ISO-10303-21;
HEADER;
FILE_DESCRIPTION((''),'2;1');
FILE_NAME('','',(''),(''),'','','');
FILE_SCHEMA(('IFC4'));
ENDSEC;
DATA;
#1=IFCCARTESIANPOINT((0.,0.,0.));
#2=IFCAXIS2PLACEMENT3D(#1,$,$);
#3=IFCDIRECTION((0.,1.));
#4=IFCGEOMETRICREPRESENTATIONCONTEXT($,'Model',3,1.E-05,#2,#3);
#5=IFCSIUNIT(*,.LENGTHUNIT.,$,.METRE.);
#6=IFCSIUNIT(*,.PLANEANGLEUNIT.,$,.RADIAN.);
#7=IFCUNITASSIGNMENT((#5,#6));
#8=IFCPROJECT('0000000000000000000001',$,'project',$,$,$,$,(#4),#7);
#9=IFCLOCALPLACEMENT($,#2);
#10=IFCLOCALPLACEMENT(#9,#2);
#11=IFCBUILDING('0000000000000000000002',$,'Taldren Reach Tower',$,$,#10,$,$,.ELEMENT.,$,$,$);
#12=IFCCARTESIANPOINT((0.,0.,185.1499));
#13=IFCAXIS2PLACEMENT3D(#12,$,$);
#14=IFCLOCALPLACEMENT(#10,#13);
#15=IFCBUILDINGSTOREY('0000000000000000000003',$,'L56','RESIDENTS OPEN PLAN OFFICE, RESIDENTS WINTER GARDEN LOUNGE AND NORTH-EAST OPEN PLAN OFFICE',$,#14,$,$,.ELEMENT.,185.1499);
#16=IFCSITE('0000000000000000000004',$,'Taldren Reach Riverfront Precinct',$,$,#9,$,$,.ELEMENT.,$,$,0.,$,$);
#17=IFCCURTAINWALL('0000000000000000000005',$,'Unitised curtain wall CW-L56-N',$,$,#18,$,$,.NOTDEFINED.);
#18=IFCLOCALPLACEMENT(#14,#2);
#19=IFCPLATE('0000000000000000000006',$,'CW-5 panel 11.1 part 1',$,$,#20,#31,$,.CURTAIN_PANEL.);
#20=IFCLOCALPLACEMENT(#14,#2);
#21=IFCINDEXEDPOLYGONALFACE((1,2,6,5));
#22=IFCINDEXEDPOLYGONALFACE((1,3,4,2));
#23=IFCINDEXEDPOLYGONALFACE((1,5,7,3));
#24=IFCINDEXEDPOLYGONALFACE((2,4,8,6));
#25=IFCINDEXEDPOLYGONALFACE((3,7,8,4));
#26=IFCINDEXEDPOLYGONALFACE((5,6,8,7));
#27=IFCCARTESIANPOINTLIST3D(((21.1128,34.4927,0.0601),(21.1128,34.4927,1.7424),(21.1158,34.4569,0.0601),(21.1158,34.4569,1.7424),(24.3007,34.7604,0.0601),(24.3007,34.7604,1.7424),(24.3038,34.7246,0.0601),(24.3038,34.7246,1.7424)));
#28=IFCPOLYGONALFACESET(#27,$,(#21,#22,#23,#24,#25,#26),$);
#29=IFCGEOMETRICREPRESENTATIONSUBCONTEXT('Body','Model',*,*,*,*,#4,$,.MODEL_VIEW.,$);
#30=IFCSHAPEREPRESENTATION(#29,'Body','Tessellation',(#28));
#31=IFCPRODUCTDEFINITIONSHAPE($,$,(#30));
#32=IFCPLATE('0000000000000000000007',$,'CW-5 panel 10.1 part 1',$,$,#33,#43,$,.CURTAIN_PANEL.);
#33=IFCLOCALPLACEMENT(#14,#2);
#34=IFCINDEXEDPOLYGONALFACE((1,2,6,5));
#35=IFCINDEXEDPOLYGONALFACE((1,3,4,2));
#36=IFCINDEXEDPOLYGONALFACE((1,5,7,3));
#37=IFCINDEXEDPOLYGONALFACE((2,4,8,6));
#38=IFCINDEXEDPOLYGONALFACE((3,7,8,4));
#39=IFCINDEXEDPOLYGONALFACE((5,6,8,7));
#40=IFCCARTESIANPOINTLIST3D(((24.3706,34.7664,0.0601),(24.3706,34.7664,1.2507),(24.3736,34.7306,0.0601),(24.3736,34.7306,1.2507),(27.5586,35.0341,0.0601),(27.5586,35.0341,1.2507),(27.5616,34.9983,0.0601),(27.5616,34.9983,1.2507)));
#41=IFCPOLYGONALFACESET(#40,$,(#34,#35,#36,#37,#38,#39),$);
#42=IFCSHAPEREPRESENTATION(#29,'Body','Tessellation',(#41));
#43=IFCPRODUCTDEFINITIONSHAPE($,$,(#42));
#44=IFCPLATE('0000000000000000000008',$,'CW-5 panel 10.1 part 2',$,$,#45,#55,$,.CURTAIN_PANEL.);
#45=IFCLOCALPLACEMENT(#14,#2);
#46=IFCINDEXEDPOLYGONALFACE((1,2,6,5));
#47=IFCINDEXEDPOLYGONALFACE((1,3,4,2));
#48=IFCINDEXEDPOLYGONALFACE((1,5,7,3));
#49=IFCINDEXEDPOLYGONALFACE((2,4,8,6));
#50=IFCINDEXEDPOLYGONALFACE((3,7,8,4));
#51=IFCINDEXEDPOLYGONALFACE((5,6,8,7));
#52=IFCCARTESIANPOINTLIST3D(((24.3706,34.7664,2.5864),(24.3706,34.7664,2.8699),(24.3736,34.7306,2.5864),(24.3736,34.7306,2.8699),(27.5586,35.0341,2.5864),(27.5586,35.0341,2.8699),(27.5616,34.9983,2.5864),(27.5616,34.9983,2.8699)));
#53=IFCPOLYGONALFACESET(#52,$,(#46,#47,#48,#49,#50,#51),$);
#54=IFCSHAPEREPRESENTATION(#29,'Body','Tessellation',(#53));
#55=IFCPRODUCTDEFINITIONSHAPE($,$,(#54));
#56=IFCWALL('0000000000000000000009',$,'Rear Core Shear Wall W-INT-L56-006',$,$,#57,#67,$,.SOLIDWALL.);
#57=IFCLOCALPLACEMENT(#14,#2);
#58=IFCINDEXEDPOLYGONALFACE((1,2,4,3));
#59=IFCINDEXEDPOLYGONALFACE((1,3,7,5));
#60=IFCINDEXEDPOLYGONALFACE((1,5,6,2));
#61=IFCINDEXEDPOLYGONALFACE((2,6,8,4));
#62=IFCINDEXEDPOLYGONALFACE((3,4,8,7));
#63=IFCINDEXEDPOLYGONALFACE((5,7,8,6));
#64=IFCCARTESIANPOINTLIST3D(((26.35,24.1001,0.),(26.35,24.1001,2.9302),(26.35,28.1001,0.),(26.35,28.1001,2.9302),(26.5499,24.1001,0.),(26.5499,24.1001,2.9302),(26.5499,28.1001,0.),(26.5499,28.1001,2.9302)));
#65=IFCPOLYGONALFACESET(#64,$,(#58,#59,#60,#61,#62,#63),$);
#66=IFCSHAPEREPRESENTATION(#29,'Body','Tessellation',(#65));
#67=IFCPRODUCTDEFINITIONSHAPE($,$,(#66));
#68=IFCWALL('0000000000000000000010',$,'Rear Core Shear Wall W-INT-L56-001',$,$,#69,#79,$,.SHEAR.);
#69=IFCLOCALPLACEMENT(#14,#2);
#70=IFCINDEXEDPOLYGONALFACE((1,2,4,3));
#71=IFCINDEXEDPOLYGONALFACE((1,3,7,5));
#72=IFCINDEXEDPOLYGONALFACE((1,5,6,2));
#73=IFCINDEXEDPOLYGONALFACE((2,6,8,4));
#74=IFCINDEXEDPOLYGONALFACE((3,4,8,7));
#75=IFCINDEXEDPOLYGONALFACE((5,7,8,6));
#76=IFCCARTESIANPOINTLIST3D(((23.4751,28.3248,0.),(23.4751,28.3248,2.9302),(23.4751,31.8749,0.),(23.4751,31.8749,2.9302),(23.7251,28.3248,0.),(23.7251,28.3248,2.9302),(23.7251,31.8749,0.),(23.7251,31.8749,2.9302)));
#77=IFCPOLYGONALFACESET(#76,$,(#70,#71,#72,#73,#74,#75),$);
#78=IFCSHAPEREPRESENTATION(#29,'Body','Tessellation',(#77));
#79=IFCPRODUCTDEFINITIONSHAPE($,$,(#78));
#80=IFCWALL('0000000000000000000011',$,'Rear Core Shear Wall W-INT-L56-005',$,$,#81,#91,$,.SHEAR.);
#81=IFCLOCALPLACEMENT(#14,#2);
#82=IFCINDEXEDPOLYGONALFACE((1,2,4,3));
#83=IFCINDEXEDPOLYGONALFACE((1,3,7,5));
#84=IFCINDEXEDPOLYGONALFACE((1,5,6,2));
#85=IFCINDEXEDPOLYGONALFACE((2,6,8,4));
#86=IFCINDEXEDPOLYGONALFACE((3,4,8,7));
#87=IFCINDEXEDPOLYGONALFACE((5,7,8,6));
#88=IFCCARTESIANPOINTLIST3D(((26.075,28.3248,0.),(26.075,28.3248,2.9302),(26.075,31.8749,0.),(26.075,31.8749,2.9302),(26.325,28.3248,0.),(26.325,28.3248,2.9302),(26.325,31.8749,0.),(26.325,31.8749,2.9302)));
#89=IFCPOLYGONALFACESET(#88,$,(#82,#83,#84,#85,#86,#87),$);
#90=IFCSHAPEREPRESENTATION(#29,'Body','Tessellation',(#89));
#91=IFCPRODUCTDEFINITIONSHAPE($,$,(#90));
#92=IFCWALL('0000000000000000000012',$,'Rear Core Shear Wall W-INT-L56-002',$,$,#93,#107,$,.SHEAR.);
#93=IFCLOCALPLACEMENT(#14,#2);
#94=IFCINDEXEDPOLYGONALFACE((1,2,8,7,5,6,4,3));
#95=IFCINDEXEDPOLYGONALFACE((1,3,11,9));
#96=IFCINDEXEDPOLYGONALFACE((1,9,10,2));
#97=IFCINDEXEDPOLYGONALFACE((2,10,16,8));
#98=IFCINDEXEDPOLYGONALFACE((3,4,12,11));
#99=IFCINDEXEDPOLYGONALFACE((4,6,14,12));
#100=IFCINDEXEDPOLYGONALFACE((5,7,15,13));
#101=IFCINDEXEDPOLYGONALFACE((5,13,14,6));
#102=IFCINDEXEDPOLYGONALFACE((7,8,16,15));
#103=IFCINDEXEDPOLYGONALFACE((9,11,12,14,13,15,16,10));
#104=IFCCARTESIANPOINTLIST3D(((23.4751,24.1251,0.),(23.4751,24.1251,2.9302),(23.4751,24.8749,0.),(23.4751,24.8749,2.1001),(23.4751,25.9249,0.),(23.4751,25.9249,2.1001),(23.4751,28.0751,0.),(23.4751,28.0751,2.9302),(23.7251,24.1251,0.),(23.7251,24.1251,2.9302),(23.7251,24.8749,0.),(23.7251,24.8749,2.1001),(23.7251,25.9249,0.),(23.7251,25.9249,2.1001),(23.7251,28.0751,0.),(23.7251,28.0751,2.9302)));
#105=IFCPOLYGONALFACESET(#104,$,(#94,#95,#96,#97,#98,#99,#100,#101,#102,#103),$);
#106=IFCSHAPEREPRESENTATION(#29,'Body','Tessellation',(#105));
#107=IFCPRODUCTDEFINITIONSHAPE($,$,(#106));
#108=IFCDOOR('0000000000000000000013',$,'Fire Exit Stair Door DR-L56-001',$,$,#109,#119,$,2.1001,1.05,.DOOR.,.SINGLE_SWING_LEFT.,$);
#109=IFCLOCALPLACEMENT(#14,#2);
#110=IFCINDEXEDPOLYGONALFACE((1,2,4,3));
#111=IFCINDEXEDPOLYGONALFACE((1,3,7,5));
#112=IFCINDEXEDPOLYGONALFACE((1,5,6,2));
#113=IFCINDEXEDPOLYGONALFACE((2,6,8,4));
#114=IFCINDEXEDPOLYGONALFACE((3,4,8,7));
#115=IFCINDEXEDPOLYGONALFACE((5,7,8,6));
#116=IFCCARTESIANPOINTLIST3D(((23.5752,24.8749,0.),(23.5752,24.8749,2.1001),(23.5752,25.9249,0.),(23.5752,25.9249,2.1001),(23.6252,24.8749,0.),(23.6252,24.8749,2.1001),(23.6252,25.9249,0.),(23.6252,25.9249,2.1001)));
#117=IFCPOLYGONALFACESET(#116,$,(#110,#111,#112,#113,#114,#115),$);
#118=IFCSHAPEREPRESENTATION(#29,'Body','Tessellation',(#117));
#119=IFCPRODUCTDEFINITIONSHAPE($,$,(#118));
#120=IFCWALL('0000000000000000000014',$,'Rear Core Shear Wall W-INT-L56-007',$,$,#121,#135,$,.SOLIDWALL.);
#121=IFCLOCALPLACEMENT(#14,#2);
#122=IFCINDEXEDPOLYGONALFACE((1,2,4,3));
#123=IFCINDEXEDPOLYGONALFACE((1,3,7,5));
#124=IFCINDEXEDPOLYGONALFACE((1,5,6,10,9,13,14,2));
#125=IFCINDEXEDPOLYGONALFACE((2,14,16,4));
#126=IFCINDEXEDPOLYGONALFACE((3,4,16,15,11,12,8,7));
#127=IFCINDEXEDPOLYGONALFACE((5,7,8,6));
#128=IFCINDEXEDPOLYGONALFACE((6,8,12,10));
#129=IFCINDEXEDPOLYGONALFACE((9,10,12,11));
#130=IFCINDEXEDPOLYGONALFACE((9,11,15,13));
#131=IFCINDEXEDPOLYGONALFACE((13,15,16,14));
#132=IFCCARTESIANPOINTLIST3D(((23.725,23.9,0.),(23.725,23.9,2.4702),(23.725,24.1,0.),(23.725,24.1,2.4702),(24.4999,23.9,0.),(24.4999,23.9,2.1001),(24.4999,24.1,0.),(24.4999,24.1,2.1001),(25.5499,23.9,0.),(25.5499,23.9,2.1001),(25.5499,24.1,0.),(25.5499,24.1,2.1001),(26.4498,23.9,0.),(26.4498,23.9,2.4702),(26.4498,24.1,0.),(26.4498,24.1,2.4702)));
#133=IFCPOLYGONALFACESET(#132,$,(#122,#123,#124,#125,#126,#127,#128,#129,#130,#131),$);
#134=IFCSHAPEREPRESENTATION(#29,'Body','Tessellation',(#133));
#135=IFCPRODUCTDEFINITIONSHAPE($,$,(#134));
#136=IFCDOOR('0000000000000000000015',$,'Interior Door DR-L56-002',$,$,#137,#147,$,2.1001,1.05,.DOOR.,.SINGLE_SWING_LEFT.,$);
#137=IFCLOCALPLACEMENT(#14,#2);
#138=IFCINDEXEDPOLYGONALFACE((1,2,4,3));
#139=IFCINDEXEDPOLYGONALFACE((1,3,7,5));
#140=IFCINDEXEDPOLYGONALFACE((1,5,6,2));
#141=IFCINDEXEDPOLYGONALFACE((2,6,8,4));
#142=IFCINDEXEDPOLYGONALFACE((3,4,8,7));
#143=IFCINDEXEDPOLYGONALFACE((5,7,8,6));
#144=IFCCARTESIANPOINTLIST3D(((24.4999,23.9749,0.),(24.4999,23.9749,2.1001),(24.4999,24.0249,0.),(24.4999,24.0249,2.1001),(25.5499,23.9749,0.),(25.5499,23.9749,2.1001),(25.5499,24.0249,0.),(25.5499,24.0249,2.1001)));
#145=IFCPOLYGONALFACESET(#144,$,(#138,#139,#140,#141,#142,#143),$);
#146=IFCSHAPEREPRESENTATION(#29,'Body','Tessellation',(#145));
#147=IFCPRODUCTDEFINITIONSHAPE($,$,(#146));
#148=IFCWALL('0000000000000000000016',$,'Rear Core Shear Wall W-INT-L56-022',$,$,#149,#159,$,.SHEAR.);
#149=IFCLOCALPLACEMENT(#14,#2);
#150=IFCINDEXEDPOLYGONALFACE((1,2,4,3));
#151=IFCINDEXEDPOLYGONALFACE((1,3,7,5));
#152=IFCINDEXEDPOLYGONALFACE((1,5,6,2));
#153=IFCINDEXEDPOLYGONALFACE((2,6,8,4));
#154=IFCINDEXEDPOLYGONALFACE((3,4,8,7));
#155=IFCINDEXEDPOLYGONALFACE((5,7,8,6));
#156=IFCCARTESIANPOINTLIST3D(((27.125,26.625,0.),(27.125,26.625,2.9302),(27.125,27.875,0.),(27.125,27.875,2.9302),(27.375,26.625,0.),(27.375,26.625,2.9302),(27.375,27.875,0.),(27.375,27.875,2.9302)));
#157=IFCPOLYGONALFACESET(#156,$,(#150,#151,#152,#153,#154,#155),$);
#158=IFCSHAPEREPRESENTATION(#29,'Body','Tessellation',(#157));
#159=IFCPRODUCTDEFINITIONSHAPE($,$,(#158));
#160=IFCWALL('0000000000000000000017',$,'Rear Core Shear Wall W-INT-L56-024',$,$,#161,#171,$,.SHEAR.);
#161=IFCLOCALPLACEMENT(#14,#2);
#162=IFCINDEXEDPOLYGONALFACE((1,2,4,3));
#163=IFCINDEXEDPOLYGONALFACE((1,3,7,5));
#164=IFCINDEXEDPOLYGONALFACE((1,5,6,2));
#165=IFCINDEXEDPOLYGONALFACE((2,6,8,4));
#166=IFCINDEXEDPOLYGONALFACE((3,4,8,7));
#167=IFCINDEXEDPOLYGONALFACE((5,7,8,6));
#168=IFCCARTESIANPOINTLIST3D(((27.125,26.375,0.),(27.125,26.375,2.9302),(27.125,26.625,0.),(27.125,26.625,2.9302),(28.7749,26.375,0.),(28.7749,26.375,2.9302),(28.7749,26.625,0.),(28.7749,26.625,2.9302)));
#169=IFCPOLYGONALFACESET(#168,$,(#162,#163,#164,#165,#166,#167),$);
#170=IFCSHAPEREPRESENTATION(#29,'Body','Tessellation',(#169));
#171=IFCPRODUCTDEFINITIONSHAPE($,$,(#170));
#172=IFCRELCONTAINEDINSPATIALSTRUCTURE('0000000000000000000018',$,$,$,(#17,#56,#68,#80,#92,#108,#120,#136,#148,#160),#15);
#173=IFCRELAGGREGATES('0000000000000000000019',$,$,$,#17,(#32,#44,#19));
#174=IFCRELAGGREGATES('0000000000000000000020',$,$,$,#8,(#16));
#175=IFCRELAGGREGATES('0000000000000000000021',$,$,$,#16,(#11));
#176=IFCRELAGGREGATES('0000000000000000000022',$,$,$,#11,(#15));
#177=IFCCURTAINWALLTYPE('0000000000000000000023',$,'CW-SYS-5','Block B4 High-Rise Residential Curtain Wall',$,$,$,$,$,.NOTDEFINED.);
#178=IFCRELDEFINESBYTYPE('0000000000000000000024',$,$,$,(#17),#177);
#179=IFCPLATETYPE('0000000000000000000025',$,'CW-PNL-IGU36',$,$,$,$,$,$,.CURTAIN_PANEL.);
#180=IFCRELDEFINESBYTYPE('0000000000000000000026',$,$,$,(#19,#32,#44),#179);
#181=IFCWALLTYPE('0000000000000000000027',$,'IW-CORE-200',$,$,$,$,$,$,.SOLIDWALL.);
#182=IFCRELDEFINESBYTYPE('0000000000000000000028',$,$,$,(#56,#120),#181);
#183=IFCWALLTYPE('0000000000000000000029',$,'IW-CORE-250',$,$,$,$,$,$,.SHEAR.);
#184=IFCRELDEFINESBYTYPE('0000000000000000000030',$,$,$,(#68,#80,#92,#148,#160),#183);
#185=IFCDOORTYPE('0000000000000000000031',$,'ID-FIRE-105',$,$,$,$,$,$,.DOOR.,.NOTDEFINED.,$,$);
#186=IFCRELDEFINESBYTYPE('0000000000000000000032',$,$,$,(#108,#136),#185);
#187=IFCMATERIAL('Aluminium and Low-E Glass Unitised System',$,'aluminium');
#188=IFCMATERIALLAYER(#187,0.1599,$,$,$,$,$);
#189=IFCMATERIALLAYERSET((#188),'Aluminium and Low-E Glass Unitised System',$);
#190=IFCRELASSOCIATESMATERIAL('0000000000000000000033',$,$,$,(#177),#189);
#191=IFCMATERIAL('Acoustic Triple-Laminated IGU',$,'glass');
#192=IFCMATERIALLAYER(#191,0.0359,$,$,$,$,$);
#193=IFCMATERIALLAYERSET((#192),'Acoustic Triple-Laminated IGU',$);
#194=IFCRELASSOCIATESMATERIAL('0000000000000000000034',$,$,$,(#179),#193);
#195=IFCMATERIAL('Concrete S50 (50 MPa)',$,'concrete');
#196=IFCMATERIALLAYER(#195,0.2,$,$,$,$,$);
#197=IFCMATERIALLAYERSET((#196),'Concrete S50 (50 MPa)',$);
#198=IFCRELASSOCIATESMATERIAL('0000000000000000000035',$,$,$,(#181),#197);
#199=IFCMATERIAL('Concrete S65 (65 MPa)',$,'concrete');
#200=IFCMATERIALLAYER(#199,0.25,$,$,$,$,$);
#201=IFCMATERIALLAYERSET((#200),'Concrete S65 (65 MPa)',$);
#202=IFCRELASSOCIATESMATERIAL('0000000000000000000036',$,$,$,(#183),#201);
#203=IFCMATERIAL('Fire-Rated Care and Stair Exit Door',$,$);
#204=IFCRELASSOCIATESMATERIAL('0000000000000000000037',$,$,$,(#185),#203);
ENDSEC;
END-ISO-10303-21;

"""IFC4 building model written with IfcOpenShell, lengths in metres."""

from ifc_helpers import new_model, si_unit, direction, frame, frame_2d, origin, origin_2d, place, context, subcontext, project, spatial, rectangle, extrude, source, transform, mapped, material, layer, layer_set, type_object, element, fill, aggregate, save


model = new_model("IFC4")

# Units and contexts
model_context = context("Model", 3, precision=1e-05, world=origin(), true_north=direction((0.0, 1.0)))
body_context = subcontext(model_context, "Body", "Model", "MODEL_VIEW")
ifc_project = project(units=[si_unit("LENGTHUNIT", "METRE"), si_unit("PLANEANGLEUNIT", "RADIAN")], contexts=[model_context])

# Site, building, storey
site_placement = place(None, origin())
site = spatial("IfcSite", under=ifc_project, at=site_placement, Name="Taldren Reach Riverfront Precinct", CompositionType="ELEMENT", RefElevation=0.0)
building_placement = place(site_placement, origin())
building = spatial("IfcBuilding", under=site, at=building_placement, Name="Taldren Reach Tower", CompositionType="ELEMENT")
storey_placement = place(building_placement, frame((0.0, 0.0, 185.1499)))
storey = spatial("IfcBuildingStorey", under=building, at=storey_placement, Name="L56", Description="RESIDENTS OPEN PLAN OFFICE, RESIDENTS WINTER GARDEN LOUNGE AND NORTH-EAST OPEN PLAN OFFICE", CompositionType="ELEMENT", Elevation=185.1499)

# Curtain wall
ifc_material_1 = material(Name="Aluminium and Low-E Glass Unitised System", Category="aluminium")
ifc_layer_1 = layer(ifc_material_1, 0.1599)
ifc_layer_set_1 = layer_set([ifc_layer_1], Name="Aluminium and Low-E Glass Unitised System")
curtain_wall_type = type_object("IfcCurtainWallType", Name="CW-SYS-5", Description="Block B4 High-Rise Residential Curtain Wall", PredefinedType="NOTDEFINED", material=ifc_layer_set_1)
curtain_wall_placement = place(storey_placement, origin())
curtain_wall = element("IfcCurtainWall", 1, at=curtain_wall_placement, inside=storey, type_object=curtain_wall_type, Name="Unitised curtain wall CW-L56-N", PredefinedType="NOTDEFINED")

# Plates
ifc_material_2 = material(Name="Acoustic Triple-Laminated IGU", Category="glass")
ifc_layer_2 = layer(ifc_material_2, 0.0359)
ifc_layer_set_2 = layer_set([ifc_layer_2], Name="Acoustic Triple-Laminated IGU")
plate_type_1 = type_object("IfcPlateType", Name="CW-PNL-IGU36", PredefinedType="CURTAIN_PANEL", material=ifc_layer_set_2)
shared_shape_1 = source(origin(), body_context, "Body", "SweptSolid", [
    extrude(rectangle(XDim=3.1992, YDim=0.0359, at=origin_2d()), origin(), (0.0, 0.0, 1.0), 1.6824),
])
plate_1_placement = place(storey_placement, frame((22.7083, 34.6086, 0.0601), z_axis=(0.0, 0.0, 1.0), x_axis=(-0.996493, -0.083678, 0.0)))
plate_1 = element("IfcPlate", 2, at=plate_1_placement, type_object=plate_type_1, Name="CW-5 panel 11.1 part 1", PredefinedType="CURTAIN_PANEL", context=body_context, shape_type="MappedRepresentation", body=[
    mapped(shared_shape_1, transform((0.0, 0.0, 0.0), scale=1.0)),
])
shared_shape_2 = source(origin(), body_context, "Body", "SweptSolid", [
    extrude(rectangle(XDim=3.1992, YDim=0.0359, at=origin_2d()), origin(), (0.0, 0.0, 1.0), 1.1907),
])
plate_2_placement = place(storey_placement, frame((25.9661, 34.8823, 0.0601), z_axis=(0.0, 0.0, 1.0), x_axis=(-0.996493, -0.083678, 0.0)))
plate_2 = element("IfcPlate", 3, at=plate_2_placement, type_object=plate_type_1, Name="CW-5 panel 10.1 part 1", PredefinedType="CURTAIN_PANEL", context=body_context, shape_type="MappedRepresentation", body=[
    mapped(shared_shape_2, transform((0.0, 0.0, 0.0), scale=1.0)),
])
shared_shape_3 = source(origin(), body_context, "Body", "SweptSolid", [
    extrude(rectangle(XDim=3.1992, YDim=0.0359, at=origin_2d()), origin(), (0.0, 0.0, 1.0), 0.2834),
])
plate_3_placement = place(storey_placement, frame((25.9661, 34.8823, 2.5864), z_axis=(0.0, 0.0, 1.0), x_axis=(-0.996493, -0.083678, 0.0)))
plate_3 = element("IfcPlate", 4, at=plate_3_placement, type_object=plate_type_1, Name="CW-5 panel 10.1 part 2", PredefinedType="CURTAIN_PANEL", context=body_context, shape_type="MappedRepresentation", body=[
    mapped(shared_shape_3, transform((0.0, 0.0, 0.0), scale=1.0)),
])
aggregate(curtain_wall, [plate_2, plate_3, plate_1])

# Walls
ifc_material_3 = material(Name="Concrete S50 (50 MPa)", Category="concrete")
ifc_layer_3 = layer(ifc_material_3, 0.2)
ifc_layer_set_3 = layer_set([ifc_layer_3], Name="Concrete S50 (50 MPa)")
wall_type_1 = type_object("IfcWallType", Name="IW-CORE-200", PredefinedType="SOLIDWALL", material=ifc_layer_set_3)
shared_shape_4 = source(origin(), body_context, "Body", "SweptSolid", [
    extrude(rectangle(XDim=4.0, YDim=0.2, at=frame_2d((2.0, 0.0))), origin(), (0.0, 0.0, 1.0), 2.9302),
])
wall_1_placement = place(storey_placement, frame((26.45, 24.1001, 0.0), z_axis=(0.0, 0.0, 1.0), x_axis=(0.0, 1.0, 0.0)))
element("IfcWall", 5, at=wall_1_placement, inside=storey, type_object=wall_type_1, Name="Rear Core Shear Wall W-INT-L56-006", PredefinedType="SOLIDWALL", context=body_context, shape_type="MappedRepresentation", body=[
    mapped(shared_shape_4, transform((0.0, 0.0, 0.0), scale=1.0)),
])
ifc_material_4 = material(Name="Concrete S65 (65 MPa)", Category="concrete")
ifc_layer_4 = layer(ifc_material_4, 0.25)
ifc_layer_set_4 = layer_set([ifc_layer_4], Name="Concrete S65 (65 MPa)")
wall_type_2 = type_object("IfcWallType", Name="IW-CORE-250", PredefinedType="SHEAR", material=ifc_layer_set_4)
shared_shape_5 = source(origin(), body_context, "Body", "SweptSolid", [
    extrude(rectangle(XDim=3.55, YDim=0.25, at=frame_2d((1.7749, 0.0))), origin(), (0.0, 0.0, 1.0), 2.9302),
])
for number, where, z_axis, x_axis, name in (
    (6, (23.6001, 28.325, 0.0), (0.0, 0.0, 1.0), (0.0, 1.0, 0.0), "Rear Core Shear Wall W-INT-L56-001"),
    (7, (26.2, 28.325, 0.0), (0.0, 0.0, 1.0), (0.0, 1.0, 0.0), "Rear Core Shear Wall W-INT-L56-005"),
):
    element("IfcWall", number, at=place(storey_placement, frame(where, z_axis=z_axis, x_axis=x_axis)), inside=storey, type_object=wall_type_2, Name=name, PredefinedType="SHEAR", context=body_context, shape_type="MappedRepresentation", body=[
        mapped(shared_shape_5, transform((0.0, 0.0, 0.0), scale=1.0)),
    ])

# Walls, openings, doors
shared_shape_6 = source(origin(), body_context, "Body", "SweptSolid", [
    extrude(rectangle(XDim=3.95, YDim=0.25, at=frame_2d((1.9751, 0.0))), origin(), (0.0, 0.0, 1.0), 2.9302),
])
wall_2_placement = place(storey_placement, frame((23.6001, 24.125, 0.0), z_axis=(0.0, 0.0, 1.0), x_axis=(0.0, 1.0, 0.0)))
wall_2 = element("IfcWall", 8, at=wall_2_placement, inside=storey, type_object=wall_type_2, Name="Rear Core Shear Wall W-INT-L56-002", PredefinedType="SHEAR", context=body_context, shape_type="MappedRepresentation", body=[
    mapped(shared_shape_6, transform((0.0, 0.0, 0.0), scale=1.0)),
])
shared_shape_7 = source(origin(), body_context, "Body", "SweptSolid", [
    extrude(rectangle(XDim=1.05, YDim=2.1001, at=frame_2d((0.5249, 1.05))), frame((0.0, 0.135, 0.0), z_axis=(0.0, -1.0, 0.0), x_axis=(1.0, 0.0, 0.0)), (0.0, 0.0, 1.0), 0.27),
])
opening_1_placement = place(wall_2_placement, frame((0.75, 0.0, 0.0)))
opening_1 = element("IfcOpeningElement", 9, at=opening_1_placement, cuts=wall_2, PredefinedType="OPENING", context=body_context, shape_type="MappedRepresentation", body=[
    mapped(shared_shape_7, transform((0.0, 0.0, 0.0), scale=1.0)),
])
ifc_material_5 = material(Name="Fire-Rated Care and Stair Exit Door")
door_type_1 = type_object("IfcDoorType", Name="ID-FIRE-105", OperationType="NOTDEFINED", PredefinedType="DOOR", material=ifc_material_5)
shared_shape_8 = source(origin(), body_context, "Body", "SweptSolid", [
    extrude(rectangle(XDim=1.05, YDim=2.1001, at=frame_2d((0.5249, 1.05))), frame((0.0, 0.0249, 0.0), z_axis=(0.0, -1.0, 0.0), x_axis=(1.0, 0.0, 0.0)), (0.0, 0.0, 1.0), 0.05),
])
door_1_placement = place(opening_1_placement, origin())
door_1 = element("IfcDoor", 10, at=door_1_placement, inside=storey, type_object=door_type_1, Name="Fire Exit Stair Door DR-L56-001", OperationType="SINGLE_SWING_LEFT", OverallHeight=2.1001, OverallWidth=1.05, PredefinedType="DOOR", context=body_context, shape_type="MappedRepresentation", body=[
    mapped(shared_shape_8, transform((0.0, 0.0, 0.0), scale=1.0)),
])
fill(opening_1, door_1)
shared_shape_9 = source(origin(), body_context, "Body", "SweptSolid", [
    extrude(rectangle(XDim=2.7249, YDim=0.2, at=frame_2d((1.3623, 0.0))), origin(), (0.0, 0.0, 1.0), 2.4702),
])
wall_3_placement = place(storey_placement, frame((23.7251, 24.0, 0.0), z_axis=(0.0, 0.0, 1.0), x_axis=(1.0, 0.0, 0.0)))
wall_3 = element("IfcWall", 11, at=wall_3_placement, inside=storey, type_object=wall_type_1, Name="Rear Core Shear Wall W-INT-L56-007", PredefinedType="SOLIDWALL", context=body_context, shape_type="MappedRepresentation", body=[
    mapped(shared_shape_9, transform((0.0, 0.0, 0.0), scale=1.0)),
])
shared_shape_10 = source(origin(), body_context, "Body", "SweptSolid", [
    extrude(rectangle(XDim=1.05, YDim=2.1001, at=frame_2d((0.5249, 1.05))), frame((0.0, 0.1099, 0.0), z_axis=(0.0, -1.0, 0.0), x_axis=(1.0, 0.0, 0.0)), (0.0, 0.0, 1.0), 0.22),
])
opening_2_placement = place(wall_3_placement, frame((0.7749, 0.0, 0.0)))
opening_2 = element("IfcOpeningElement", 12, at=opening_2_placement, cuts=wall_3, PredefinedType="OPENING", context=body_context, shape_type="MappedRepresentation", body=[
    mapped(shared_shape_10, transform((0.0, 0.0, 0.0), scale=1.0)),
])
door_2_placement = place(opening_2_placement, origin())
door_2 = element("IfcDoor", 13, at=door_2_placement, inside=storey, type_object=door_type_1, Name="Interior Door DR-L56-002", OperationType="SINGLE_SWING_LEFT", OverallHeight=2.1001, OverallWidth=1.05, PredefinedType="DOOR", context=body_context, shape_type="MappedRepresentation", body=[
    mapped(shared_shape_8, transform((0.0, 0.0, 0.0), scale=1.0)),
])
fill(opening_2, door_2)

# Walls
shared_shape_11 = source(origin(), body_context, "Body", "SweptSolid", [
    extrude(rectangle(XDim=1.25, YDim=0.25, at=frame_2d((0.625, 0.0))), origin(), (0.0, 0.0, 1.0), 2.9302),
])
wall_4_placement = place(storey_placement, frame((27.25, 27.875, 0.0), z_axis=(0.0, 0.0, 1.0), x_axis=(0.0, -1.0, 0.0)))
element("IfcWall", 14, at=wall_4_placement, inside=storey, type_object=wall_type_2, Name="Rear Core Shear Wall W-INT-L56-022", PredefinedType="SHEAR", context=body_context, shape_type="MappedRepresentation", body=[
    mapped(shared_shape_11, transform((0.0, 0.0, 0.0), scale=1.0)),
])
shared_shape_12 = source(origin(), body_context, "Body", "SweptSolid", [
    extrude(rectangle(XDim=1.6499, YDim=0.25, at=frame_2d((0.825, 0.0))), origin(), (0.0, 0.0, 1.0), 2.9302),
])
wall_5_placement = place(storey_placement, frame((27.125, 26.5, 0.0), z_axis=(0.0, 0.0, 1.0), x_axis=(1.0, 0.0, 0.0)))
element("IfcWall", 15, at=wall_5_placement, inside=storey, type_object=wall_type_2, Name="Rear Core Shear Wall W-INT-L56-024", PredefinedType="SHEAR", context=body_context, shape_type="MappedRepresentation", body=[
    mapped(shared_shape_12, transform((0.0, 0.0, 0.0), scale=1.0)),
])

save(model, "model.ifc")
